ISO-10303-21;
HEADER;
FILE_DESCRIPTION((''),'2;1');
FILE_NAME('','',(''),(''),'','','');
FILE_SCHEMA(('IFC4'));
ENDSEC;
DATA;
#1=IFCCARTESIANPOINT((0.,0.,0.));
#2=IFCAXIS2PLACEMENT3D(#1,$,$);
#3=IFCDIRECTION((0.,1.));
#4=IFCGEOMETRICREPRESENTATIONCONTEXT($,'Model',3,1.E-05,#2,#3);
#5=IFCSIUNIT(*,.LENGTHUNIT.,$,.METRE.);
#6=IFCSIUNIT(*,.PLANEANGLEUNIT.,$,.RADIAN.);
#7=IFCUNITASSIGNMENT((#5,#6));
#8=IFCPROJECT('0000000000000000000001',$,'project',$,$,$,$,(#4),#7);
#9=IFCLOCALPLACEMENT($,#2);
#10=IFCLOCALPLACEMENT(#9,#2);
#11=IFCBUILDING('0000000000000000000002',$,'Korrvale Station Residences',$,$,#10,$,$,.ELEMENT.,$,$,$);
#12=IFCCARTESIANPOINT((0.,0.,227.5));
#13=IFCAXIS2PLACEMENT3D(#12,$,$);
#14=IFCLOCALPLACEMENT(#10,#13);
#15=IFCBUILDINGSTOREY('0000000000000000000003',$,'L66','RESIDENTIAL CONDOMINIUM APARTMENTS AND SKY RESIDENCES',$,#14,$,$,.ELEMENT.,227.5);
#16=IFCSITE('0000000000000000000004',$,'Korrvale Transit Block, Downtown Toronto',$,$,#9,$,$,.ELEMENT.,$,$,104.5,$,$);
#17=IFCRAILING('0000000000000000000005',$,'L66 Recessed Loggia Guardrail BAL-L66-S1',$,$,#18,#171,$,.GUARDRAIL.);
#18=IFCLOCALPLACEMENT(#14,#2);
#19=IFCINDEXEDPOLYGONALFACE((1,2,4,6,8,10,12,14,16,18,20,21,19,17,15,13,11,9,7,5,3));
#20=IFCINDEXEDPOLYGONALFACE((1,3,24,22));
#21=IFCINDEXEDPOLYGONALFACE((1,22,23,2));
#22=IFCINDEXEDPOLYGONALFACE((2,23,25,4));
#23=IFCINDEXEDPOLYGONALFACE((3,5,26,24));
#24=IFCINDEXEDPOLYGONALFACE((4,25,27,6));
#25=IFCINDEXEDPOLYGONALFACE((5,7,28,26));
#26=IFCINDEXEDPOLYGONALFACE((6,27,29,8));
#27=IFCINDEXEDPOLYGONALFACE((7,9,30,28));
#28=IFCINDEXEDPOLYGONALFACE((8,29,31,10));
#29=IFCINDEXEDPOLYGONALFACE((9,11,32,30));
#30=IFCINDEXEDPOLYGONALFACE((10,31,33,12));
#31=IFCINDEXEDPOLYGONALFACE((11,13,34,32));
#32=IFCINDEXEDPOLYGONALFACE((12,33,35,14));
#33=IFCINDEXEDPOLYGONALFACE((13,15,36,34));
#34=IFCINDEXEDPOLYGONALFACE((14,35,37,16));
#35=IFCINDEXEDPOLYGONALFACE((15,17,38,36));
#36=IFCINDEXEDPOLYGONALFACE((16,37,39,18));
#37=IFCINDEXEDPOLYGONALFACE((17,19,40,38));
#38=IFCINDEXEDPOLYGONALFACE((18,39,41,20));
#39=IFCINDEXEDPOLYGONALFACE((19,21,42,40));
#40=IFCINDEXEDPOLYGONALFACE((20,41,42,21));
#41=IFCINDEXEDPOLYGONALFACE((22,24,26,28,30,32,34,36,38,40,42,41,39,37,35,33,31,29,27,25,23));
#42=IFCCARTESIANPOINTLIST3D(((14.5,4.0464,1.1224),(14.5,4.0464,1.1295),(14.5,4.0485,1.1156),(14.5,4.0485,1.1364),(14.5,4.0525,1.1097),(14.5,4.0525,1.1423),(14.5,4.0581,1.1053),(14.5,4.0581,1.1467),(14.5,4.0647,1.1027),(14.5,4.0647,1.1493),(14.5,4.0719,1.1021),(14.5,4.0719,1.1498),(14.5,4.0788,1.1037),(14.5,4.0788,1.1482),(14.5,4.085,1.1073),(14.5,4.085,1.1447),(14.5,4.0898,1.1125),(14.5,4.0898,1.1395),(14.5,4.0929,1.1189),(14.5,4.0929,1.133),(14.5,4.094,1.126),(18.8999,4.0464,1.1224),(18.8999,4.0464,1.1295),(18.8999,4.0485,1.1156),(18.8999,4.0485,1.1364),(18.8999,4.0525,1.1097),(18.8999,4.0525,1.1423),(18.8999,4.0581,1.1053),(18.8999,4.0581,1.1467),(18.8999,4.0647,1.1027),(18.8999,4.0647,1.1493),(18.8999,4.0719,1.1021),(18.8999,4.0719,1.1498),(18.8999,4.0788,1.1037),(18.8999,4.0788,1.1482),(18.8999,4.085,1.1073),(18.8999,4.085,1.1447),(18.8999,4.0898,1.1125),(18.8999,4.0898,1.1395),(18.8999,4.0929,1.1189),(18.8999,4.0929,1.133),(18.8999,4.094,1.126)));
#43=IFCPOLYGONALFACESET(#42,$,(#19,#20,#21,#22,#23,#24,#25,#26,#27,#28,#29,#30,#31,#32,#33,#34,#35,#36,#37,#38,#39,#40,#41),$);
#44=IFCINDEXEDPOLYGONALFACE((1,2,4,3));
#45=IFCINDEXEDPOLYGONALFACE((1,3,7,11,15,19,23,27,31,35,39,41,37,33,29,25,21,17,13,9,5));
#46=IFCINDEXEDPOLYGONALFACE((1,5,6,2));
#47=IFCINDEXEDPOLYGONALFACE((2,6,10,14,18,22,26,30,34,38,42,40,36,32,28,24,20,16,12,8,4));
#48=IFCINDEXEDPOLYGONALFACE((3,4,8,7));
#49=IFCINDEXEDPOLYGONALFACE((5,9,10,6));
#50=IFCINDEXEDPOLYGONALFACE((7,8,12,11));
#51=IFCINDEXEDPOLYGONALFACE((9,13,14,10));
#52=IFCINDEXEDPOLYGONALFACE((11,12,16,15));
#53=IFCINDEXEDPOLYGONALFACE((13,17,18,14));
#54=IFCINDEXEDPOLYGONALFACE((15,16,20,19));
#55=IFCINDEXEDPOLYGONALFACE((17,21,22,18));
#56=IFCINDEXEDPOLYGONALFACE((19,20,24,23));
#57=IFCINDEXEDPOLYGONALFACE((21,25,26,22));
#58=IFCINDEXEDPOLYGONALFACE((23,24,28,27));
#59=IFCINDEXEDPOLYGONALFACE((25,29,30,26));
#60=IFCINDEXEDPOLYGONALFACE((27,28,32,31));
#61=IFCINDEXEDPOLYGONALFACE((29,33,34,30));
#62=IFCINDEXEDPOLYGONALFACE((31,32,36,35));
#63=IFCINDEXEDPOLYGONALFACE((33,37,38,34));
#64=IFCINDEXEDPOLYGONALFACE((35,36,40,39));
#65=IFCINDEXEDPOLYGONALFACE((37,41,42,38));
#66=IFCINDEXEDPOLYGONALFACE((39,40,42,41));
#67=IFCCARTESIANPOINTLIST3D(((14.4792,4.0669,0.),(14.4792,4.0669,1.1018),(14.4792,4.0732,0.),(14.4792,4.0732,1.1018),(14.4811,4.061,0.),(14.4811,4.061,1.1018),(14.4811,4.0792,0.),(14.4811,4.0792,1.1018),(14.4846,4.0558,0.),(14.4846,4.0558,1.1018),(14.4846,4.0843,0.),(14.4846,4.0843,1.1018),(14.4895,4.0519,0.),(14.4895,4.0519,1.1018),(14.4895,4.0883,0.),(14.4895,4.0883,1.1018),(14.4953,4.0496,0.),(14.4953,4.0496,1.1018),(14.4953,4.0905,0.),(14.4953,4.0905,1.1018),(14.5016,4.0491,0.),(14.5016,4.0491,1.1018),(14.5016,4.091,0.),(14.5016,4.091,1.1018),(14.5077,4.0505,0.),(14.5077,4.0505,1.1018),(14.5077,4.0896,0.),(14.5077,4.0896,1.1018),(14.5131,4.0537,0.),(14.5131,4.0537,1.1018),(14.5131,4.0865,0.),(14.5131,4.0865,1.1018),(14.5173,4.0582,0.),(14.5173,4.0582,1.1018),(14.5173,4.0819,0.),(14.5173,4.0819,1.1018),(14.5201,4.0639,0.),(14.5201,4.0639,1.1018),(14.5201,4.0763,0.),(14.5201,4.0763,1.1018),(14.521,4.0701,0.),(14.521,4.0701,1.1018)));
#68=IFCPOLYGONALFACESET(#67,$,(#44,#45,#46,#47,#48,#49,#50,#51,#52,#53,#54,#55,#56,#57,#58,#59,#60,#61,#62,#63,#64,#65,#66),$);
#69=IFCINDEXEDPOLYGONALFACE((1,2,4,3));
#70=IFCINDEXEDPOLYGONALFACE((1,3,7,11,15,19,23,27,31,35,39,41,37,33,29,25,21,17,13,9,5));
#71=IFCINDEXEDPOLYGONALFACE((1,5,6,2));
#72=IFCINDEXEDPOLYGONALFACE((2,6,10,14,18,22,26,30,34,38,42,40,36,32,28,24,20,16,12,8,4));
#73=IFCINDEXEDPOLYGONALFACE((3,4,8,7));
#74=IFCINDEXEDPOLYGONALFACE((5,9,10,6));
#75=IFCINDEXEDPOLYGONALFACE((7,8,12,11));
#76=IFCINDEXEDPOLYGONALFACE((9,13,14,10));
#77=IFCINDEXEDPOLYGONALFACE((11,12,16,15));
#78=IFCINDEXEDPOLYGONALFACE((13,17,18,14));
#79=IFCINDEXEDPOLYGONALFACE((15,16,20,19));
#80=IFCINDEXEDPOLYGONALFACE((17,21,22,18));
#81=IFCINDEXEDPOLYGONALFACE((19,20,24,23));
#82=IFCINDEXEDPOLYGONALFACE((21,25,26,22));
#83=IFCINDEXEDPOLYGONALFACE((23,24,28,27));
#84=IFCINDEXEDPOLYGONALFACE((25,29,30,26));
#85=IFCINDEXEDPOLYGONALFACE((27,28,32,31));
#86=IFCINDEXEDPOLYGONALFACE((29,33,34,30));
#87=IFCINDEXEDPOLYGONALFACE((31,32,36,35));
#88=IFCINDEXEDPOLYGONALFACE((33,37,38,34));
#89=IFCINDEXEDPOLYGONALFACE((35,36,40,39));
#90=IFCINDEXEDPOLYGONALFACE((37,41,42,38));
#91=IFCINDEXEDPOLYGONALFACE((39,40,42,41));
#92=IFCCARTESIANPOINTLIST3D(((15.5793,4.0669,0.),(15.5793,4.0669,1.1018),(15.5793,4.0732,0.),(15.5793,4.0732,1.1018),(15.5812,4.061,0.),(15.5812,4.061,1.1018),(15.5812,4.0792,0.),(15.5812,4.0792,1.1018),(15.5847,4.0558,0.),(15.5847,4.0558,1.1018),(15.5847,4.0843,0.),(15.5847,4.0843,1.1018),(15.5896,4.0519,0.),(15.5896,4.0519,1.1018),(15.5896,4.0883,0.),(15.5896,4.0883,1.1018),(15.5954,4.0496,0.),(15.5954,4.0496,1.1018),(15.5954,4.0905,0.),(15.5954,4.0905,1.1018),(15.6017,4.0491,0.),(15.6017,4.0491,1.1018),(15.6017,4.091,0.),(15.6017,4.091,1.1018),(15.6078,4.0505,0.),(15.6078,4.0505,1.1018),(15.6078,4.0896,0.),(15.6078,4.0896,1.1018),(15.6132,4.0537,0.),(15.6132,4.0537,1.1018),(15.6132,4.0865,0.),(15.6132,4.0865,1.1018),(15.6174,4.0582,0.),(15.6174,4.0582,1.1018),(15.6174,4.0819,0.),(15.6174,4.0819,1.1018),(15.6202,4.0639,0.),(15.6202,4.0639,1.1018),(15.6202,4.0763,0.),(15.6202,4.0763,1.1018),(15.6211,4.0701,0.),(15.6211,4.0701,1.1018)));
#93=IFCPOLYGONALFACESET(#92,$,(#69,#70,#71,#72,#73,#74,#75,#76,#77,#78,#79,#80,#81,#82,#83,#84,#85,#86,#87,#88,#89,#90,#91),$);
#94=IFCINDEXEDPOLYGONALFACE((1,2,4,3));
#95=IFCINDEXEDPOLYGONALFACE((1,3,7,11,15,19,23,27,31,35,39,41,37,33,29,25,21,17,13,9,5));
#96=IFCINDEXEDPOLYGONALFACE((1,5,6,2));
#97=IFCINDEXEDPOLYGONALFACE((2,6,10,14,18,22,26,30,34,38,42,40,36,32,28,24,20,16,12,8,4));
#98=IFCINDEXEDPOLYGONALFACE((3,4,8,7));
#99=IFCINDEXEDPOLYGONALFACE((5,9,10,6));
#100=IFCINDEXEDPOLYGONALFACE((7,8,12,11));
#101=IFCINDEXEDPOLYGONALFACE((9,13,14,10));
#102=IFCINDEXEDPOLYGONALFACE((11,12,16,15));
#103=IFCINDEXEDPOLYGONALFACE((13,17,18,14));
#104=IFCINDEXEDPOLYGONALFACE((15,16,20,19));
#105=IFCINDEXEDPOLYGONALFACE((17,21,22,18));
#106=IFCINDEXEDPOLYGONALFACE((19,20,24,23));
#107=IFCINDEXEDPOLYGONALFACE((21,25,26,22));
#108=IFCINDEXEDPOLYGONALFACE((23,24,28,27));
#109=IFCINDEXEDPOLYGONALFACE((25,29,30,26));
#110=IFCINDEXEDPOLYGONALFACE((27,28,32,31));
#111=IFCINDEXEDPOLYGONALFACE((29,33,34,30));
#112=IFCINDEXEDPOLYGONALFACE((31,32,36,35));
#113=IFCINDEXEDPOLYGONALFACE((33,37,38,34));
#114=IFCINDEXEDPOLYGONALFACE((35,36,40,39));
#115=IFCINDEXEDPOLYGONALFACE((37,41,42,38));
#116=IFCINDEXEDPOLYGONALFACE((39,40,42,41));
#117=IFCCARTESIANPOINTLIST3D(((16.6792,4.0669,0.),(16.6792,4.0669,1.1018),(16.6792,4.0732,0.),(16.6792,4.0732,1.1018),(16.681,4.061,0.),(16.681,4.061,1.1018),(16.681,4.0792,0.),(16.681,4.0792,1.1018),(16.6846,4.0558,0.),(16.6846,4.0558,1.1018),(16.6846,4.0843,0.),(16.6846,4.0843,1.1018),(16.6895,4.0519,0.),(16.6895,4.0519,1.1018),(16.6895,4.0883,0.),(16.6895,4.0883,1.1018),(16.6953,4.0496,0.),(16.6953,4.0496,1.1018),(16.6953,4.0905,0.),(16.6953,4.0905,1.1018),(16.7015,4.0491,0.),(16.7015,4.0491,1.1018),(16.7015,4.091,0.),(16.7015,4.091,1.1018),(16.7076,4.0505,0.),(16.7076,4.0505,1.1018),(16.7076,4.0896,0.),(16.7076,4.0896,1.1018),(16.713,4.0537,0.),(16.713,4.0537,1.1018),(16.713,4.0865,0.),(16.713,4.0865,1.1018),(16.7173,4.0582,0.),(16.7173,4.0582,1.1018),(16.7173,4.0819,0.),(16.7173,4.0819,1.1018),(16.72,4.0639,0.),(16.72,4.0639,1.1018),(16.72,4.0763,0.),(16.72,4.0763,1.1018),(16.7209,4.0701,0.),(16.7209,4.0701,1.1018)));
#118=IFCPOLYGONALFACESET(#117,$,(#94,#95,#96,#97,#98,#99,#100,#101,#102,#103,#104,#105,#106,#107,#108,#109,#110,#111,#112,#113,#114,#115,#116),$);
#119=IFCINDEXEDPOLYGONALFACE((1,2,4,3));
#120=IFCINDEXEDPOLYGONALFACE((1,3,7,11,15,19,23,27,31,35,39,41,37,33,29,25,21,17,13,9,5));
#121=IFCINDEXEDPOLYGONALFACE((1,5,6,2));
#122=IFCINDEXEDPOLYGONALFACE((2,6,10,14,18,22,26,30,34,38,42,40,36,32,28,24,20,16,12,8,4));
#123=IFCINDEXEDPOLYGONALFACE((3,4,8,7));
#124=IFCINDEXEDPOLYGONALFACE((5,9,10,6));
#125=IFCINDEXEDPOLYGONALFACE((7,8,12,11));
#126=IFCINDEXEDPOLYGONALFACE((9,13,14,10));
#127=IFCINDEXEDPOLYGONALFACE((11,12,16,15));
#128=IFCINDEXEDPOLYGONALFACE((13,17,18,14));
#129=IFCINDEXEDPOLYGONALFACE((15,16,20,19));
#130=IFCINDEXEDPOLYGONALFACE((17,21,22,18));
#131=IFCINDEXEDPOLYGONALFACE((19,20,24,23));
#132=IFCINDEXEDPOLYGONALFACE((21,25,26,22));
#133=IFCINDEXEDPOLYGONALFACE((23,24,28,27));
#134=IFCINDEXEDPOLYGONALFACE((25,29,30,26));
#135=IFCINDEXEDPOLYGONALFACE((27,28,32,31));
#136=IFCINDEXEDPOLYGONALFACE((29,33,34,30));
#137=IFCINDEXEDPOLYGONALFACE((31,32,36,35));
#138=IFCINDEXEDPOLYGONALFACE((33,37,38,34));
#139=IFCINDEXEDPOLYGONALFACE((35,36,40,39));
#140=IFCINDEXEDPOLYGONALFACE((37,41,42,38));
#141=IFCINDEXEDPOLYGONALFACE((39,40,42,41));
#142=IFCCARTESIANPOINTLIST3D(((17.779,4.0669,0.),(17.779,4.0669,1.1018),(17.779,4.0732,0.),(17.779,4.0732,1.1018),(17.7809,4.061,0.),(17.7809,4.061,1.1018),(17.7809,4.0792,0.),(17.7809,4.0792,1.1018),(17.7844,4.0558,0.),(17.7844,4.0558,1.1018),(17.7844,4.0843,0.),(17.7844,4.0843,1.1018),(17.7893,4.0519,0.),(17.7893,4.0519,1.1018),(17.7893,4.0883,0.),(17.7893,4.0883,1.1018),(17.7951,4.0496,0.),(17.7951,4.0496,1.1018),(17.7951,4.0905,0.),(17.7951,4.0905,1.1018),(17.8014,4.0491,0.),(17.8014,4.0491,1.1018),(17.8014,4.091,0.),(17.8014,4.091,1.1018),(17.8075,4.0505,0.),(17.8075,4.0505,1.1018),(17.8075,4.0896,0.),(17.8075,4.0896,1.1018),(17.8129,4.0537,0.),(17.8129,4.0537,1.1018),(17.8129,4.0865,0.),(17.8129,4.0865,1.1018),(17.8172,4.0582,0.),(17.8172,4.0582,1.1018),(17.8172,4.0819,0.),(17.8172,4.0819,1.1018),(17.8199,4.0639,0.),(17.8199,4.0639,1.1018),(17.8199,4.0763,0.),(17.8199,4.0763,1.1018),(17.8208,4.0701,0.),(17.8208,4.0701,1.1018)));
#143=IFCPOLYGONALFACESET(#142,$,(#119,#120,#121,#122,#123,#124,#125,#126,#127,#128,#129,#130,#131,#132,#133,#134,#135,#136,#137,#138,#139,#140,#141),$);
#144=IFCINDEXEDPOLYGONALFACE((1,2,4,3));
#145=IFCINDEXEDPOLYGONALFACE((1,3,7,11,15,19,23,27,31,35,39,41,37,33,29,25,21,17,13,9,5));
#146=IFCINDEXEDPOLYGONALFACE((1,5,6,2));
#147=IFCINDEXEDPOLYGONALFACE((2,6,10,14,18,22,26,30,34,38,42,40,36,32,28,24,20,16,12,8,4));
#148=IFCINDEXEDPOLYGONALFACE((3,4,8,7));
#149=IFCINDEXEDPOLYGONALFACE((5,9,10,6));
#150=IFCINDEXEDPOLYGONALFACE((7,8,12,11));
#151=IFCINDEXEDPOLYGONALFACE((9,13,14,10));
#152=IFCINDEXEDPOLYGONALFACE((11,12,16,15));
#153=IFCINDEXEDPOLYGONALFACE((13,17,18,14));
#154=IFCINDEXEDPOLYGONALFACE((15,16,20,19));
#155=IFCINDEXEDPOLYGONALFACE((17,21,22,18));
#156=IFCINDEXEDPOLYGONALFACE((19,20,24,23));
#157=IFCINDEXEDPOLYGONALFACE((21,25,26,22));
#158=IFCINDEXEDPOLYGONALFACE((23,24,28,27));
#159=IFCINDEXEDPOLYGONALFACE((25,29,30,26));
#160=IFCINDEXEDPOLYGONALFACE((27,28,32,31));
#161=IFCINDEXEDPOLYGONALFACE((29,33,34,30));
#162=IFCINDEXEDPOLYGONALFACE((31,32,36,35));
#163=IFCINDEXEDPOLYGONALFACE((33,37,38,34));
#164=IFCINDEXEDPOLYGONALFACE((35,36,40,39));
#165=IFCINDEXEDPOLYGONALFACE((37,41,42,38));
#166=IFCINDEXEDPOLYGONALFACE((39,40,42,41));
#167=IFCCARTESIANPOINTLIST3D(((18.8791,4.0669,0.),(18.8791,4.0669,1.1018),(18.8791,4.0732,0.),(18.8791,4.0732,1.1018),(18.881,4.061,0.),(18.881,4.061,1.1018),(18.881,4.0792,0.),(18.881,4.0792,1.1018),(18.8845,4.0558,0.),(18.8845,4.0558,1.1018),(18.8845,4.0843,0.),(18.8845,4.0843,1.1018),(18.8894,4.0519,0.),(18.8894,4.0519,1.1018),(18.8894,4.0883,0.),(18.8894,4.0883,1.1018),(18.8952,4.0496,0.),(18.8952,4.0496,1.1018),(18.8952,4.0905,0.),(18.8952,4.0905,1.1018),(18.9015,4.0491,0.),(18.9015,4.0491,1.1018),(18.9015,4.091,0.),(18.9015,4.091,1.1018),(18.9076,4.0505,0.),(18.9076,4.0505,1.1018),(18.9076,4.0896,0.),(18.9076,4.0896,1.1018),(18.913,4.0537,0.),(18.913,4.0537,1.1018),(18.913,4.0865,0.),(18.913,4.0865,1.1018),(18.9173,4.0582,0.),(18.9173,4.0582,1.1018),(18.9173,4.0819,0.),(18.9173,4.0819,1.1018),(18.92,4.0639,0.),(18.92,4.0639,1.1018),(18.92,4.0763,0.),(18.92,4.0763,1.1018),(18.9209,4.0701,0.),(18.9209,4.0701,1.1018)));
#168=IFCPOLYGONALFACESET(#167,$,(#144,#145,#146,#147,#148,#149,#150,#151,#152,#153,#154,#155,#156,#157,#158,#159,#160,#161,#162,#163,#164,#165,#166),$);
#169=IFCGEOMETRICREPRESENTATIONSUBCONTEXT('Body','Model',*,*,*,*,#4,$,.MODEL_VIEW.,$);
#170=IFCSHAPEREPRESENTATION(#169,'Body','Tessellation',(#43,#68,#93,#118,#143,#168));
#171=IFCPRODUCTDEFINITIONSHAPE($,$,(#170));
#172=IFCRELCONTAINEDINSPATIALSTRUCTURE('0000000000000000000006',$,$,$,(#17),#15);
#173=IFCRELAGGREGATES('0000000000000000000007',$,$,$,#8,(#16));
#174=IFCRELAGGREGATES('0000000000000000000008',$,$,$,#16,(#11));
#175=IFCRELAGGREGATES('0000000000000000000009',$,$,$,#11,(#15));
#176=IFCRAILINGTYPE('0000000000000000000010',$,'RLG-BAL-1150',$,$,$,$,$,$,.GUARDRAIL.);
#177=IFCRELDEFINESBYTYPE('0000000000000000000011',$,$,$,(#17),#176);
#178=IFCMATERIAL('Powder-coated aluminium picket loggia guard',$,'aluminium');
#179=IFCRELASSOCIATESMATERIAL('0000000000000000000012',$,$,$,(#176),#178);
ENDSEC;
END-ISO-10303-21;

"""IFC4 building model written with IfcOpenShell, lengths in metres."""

from ifc_helpers import new_model, si_unit, direction, frame, origin, origin_2d, place, context, subcontext, project, spatial, circle, extrude, material, type_object, element, save


model = new_model("IFC4")

# Units and contexts
model_context = context("Model", 3, precision=1e-05, world=origin(), true_north=direction((0.0, 1.0)))
body_context = subcontext(model_context, "Body", "Model", "MODEL_VIEW")
ifc_project = project(units=[si_unit("LENGTHUNIT", "METRE"), si_unit("PLANEANGLEUNIT", "RADIAN")], contexts=[model_context])

# Site, building, storey
site_placement = place(None, origin())
site = spatial("IfcSite", under=ifc_project, at=site_placement, Name="Korrvale Transit Block, Downtown Toronto", CompositionType="ELEMENT", RefElevation=104.5)
building_placement = place(site_placement, origin())
building = spatial("IfcBuilding", under=site, at=building_placement, Name="Korrvale Station Residences", CompositionType="ELEMENT")
storey_placement = place(building_placement, frame((0.0, 0.0, 227.5)))
storey = spatial("IfcBuildingStorey", under=building, at=storey_placement, Name="L66", Description="RESIDENTIAL CONDOMINIUM APARTMENTS AND SKY RESIDENCES", CompositionType="ELEMENT", Elevation=227.5)

# Railing
ifc_material_1 = material(Name="Powder-coated aluminium picket loggia guard", Category="aluminium")
railing_type = type_object("IfcRailingType", Name="RLG-BAL-1150", PredefinedType="GUARDRAIL", material=ifc_material_1)
railing_placement = place(storey_placement, frame((14.5, 4.0701, 0.0)))
element("IfcRailing", 1, at=railing_placement, inside=storey, type_object=railing_type, Name="L66 Recessed Loggia Guardrail BAL-L66-S1", PredefinedType="GUARDRAIL", context=body_context, shape_type="SweptSolid", body=[
    extrude(circle(Radius=0.0239, at=origin_2d()), frame((0.0, 0.0, 1.126), z_axis=(1.0, 0.0, 0.0), x_axis=(0.0, 1.0, 0.0)), (0.0, 0.0, 1.0), 4.3999),
    extrude(circle(Radius=0.021, at=origin_2d()), origin(), (0.0, 0.0, 1.0), 1.1018),
    extrude(circle(Radius=0.021, at=origin_2d()), frame((1.1001, 0.0, 0.0)), (0.0, 0.0, 1.0), 1.1018),
    extrude(circle(Radius=0.021, at=origin_2d()), frame((2.2, 0.0, 0.0)), (0.0, 0.0, 1.0), 1.1018),
    extrude(circle(Radius=0.021, at=origin_2d()), frame((3.2998, 0.0, 0.0)), (0.0, 0.0, 1.0), 1.1018),
    extrude(circle(Radius=0.021, at=origin_2d()), frame((4.3999, 0.0, 0.0)), (0.0, 0.0, 1.0), 1.1018),
])

save(model, "model.ifc")
